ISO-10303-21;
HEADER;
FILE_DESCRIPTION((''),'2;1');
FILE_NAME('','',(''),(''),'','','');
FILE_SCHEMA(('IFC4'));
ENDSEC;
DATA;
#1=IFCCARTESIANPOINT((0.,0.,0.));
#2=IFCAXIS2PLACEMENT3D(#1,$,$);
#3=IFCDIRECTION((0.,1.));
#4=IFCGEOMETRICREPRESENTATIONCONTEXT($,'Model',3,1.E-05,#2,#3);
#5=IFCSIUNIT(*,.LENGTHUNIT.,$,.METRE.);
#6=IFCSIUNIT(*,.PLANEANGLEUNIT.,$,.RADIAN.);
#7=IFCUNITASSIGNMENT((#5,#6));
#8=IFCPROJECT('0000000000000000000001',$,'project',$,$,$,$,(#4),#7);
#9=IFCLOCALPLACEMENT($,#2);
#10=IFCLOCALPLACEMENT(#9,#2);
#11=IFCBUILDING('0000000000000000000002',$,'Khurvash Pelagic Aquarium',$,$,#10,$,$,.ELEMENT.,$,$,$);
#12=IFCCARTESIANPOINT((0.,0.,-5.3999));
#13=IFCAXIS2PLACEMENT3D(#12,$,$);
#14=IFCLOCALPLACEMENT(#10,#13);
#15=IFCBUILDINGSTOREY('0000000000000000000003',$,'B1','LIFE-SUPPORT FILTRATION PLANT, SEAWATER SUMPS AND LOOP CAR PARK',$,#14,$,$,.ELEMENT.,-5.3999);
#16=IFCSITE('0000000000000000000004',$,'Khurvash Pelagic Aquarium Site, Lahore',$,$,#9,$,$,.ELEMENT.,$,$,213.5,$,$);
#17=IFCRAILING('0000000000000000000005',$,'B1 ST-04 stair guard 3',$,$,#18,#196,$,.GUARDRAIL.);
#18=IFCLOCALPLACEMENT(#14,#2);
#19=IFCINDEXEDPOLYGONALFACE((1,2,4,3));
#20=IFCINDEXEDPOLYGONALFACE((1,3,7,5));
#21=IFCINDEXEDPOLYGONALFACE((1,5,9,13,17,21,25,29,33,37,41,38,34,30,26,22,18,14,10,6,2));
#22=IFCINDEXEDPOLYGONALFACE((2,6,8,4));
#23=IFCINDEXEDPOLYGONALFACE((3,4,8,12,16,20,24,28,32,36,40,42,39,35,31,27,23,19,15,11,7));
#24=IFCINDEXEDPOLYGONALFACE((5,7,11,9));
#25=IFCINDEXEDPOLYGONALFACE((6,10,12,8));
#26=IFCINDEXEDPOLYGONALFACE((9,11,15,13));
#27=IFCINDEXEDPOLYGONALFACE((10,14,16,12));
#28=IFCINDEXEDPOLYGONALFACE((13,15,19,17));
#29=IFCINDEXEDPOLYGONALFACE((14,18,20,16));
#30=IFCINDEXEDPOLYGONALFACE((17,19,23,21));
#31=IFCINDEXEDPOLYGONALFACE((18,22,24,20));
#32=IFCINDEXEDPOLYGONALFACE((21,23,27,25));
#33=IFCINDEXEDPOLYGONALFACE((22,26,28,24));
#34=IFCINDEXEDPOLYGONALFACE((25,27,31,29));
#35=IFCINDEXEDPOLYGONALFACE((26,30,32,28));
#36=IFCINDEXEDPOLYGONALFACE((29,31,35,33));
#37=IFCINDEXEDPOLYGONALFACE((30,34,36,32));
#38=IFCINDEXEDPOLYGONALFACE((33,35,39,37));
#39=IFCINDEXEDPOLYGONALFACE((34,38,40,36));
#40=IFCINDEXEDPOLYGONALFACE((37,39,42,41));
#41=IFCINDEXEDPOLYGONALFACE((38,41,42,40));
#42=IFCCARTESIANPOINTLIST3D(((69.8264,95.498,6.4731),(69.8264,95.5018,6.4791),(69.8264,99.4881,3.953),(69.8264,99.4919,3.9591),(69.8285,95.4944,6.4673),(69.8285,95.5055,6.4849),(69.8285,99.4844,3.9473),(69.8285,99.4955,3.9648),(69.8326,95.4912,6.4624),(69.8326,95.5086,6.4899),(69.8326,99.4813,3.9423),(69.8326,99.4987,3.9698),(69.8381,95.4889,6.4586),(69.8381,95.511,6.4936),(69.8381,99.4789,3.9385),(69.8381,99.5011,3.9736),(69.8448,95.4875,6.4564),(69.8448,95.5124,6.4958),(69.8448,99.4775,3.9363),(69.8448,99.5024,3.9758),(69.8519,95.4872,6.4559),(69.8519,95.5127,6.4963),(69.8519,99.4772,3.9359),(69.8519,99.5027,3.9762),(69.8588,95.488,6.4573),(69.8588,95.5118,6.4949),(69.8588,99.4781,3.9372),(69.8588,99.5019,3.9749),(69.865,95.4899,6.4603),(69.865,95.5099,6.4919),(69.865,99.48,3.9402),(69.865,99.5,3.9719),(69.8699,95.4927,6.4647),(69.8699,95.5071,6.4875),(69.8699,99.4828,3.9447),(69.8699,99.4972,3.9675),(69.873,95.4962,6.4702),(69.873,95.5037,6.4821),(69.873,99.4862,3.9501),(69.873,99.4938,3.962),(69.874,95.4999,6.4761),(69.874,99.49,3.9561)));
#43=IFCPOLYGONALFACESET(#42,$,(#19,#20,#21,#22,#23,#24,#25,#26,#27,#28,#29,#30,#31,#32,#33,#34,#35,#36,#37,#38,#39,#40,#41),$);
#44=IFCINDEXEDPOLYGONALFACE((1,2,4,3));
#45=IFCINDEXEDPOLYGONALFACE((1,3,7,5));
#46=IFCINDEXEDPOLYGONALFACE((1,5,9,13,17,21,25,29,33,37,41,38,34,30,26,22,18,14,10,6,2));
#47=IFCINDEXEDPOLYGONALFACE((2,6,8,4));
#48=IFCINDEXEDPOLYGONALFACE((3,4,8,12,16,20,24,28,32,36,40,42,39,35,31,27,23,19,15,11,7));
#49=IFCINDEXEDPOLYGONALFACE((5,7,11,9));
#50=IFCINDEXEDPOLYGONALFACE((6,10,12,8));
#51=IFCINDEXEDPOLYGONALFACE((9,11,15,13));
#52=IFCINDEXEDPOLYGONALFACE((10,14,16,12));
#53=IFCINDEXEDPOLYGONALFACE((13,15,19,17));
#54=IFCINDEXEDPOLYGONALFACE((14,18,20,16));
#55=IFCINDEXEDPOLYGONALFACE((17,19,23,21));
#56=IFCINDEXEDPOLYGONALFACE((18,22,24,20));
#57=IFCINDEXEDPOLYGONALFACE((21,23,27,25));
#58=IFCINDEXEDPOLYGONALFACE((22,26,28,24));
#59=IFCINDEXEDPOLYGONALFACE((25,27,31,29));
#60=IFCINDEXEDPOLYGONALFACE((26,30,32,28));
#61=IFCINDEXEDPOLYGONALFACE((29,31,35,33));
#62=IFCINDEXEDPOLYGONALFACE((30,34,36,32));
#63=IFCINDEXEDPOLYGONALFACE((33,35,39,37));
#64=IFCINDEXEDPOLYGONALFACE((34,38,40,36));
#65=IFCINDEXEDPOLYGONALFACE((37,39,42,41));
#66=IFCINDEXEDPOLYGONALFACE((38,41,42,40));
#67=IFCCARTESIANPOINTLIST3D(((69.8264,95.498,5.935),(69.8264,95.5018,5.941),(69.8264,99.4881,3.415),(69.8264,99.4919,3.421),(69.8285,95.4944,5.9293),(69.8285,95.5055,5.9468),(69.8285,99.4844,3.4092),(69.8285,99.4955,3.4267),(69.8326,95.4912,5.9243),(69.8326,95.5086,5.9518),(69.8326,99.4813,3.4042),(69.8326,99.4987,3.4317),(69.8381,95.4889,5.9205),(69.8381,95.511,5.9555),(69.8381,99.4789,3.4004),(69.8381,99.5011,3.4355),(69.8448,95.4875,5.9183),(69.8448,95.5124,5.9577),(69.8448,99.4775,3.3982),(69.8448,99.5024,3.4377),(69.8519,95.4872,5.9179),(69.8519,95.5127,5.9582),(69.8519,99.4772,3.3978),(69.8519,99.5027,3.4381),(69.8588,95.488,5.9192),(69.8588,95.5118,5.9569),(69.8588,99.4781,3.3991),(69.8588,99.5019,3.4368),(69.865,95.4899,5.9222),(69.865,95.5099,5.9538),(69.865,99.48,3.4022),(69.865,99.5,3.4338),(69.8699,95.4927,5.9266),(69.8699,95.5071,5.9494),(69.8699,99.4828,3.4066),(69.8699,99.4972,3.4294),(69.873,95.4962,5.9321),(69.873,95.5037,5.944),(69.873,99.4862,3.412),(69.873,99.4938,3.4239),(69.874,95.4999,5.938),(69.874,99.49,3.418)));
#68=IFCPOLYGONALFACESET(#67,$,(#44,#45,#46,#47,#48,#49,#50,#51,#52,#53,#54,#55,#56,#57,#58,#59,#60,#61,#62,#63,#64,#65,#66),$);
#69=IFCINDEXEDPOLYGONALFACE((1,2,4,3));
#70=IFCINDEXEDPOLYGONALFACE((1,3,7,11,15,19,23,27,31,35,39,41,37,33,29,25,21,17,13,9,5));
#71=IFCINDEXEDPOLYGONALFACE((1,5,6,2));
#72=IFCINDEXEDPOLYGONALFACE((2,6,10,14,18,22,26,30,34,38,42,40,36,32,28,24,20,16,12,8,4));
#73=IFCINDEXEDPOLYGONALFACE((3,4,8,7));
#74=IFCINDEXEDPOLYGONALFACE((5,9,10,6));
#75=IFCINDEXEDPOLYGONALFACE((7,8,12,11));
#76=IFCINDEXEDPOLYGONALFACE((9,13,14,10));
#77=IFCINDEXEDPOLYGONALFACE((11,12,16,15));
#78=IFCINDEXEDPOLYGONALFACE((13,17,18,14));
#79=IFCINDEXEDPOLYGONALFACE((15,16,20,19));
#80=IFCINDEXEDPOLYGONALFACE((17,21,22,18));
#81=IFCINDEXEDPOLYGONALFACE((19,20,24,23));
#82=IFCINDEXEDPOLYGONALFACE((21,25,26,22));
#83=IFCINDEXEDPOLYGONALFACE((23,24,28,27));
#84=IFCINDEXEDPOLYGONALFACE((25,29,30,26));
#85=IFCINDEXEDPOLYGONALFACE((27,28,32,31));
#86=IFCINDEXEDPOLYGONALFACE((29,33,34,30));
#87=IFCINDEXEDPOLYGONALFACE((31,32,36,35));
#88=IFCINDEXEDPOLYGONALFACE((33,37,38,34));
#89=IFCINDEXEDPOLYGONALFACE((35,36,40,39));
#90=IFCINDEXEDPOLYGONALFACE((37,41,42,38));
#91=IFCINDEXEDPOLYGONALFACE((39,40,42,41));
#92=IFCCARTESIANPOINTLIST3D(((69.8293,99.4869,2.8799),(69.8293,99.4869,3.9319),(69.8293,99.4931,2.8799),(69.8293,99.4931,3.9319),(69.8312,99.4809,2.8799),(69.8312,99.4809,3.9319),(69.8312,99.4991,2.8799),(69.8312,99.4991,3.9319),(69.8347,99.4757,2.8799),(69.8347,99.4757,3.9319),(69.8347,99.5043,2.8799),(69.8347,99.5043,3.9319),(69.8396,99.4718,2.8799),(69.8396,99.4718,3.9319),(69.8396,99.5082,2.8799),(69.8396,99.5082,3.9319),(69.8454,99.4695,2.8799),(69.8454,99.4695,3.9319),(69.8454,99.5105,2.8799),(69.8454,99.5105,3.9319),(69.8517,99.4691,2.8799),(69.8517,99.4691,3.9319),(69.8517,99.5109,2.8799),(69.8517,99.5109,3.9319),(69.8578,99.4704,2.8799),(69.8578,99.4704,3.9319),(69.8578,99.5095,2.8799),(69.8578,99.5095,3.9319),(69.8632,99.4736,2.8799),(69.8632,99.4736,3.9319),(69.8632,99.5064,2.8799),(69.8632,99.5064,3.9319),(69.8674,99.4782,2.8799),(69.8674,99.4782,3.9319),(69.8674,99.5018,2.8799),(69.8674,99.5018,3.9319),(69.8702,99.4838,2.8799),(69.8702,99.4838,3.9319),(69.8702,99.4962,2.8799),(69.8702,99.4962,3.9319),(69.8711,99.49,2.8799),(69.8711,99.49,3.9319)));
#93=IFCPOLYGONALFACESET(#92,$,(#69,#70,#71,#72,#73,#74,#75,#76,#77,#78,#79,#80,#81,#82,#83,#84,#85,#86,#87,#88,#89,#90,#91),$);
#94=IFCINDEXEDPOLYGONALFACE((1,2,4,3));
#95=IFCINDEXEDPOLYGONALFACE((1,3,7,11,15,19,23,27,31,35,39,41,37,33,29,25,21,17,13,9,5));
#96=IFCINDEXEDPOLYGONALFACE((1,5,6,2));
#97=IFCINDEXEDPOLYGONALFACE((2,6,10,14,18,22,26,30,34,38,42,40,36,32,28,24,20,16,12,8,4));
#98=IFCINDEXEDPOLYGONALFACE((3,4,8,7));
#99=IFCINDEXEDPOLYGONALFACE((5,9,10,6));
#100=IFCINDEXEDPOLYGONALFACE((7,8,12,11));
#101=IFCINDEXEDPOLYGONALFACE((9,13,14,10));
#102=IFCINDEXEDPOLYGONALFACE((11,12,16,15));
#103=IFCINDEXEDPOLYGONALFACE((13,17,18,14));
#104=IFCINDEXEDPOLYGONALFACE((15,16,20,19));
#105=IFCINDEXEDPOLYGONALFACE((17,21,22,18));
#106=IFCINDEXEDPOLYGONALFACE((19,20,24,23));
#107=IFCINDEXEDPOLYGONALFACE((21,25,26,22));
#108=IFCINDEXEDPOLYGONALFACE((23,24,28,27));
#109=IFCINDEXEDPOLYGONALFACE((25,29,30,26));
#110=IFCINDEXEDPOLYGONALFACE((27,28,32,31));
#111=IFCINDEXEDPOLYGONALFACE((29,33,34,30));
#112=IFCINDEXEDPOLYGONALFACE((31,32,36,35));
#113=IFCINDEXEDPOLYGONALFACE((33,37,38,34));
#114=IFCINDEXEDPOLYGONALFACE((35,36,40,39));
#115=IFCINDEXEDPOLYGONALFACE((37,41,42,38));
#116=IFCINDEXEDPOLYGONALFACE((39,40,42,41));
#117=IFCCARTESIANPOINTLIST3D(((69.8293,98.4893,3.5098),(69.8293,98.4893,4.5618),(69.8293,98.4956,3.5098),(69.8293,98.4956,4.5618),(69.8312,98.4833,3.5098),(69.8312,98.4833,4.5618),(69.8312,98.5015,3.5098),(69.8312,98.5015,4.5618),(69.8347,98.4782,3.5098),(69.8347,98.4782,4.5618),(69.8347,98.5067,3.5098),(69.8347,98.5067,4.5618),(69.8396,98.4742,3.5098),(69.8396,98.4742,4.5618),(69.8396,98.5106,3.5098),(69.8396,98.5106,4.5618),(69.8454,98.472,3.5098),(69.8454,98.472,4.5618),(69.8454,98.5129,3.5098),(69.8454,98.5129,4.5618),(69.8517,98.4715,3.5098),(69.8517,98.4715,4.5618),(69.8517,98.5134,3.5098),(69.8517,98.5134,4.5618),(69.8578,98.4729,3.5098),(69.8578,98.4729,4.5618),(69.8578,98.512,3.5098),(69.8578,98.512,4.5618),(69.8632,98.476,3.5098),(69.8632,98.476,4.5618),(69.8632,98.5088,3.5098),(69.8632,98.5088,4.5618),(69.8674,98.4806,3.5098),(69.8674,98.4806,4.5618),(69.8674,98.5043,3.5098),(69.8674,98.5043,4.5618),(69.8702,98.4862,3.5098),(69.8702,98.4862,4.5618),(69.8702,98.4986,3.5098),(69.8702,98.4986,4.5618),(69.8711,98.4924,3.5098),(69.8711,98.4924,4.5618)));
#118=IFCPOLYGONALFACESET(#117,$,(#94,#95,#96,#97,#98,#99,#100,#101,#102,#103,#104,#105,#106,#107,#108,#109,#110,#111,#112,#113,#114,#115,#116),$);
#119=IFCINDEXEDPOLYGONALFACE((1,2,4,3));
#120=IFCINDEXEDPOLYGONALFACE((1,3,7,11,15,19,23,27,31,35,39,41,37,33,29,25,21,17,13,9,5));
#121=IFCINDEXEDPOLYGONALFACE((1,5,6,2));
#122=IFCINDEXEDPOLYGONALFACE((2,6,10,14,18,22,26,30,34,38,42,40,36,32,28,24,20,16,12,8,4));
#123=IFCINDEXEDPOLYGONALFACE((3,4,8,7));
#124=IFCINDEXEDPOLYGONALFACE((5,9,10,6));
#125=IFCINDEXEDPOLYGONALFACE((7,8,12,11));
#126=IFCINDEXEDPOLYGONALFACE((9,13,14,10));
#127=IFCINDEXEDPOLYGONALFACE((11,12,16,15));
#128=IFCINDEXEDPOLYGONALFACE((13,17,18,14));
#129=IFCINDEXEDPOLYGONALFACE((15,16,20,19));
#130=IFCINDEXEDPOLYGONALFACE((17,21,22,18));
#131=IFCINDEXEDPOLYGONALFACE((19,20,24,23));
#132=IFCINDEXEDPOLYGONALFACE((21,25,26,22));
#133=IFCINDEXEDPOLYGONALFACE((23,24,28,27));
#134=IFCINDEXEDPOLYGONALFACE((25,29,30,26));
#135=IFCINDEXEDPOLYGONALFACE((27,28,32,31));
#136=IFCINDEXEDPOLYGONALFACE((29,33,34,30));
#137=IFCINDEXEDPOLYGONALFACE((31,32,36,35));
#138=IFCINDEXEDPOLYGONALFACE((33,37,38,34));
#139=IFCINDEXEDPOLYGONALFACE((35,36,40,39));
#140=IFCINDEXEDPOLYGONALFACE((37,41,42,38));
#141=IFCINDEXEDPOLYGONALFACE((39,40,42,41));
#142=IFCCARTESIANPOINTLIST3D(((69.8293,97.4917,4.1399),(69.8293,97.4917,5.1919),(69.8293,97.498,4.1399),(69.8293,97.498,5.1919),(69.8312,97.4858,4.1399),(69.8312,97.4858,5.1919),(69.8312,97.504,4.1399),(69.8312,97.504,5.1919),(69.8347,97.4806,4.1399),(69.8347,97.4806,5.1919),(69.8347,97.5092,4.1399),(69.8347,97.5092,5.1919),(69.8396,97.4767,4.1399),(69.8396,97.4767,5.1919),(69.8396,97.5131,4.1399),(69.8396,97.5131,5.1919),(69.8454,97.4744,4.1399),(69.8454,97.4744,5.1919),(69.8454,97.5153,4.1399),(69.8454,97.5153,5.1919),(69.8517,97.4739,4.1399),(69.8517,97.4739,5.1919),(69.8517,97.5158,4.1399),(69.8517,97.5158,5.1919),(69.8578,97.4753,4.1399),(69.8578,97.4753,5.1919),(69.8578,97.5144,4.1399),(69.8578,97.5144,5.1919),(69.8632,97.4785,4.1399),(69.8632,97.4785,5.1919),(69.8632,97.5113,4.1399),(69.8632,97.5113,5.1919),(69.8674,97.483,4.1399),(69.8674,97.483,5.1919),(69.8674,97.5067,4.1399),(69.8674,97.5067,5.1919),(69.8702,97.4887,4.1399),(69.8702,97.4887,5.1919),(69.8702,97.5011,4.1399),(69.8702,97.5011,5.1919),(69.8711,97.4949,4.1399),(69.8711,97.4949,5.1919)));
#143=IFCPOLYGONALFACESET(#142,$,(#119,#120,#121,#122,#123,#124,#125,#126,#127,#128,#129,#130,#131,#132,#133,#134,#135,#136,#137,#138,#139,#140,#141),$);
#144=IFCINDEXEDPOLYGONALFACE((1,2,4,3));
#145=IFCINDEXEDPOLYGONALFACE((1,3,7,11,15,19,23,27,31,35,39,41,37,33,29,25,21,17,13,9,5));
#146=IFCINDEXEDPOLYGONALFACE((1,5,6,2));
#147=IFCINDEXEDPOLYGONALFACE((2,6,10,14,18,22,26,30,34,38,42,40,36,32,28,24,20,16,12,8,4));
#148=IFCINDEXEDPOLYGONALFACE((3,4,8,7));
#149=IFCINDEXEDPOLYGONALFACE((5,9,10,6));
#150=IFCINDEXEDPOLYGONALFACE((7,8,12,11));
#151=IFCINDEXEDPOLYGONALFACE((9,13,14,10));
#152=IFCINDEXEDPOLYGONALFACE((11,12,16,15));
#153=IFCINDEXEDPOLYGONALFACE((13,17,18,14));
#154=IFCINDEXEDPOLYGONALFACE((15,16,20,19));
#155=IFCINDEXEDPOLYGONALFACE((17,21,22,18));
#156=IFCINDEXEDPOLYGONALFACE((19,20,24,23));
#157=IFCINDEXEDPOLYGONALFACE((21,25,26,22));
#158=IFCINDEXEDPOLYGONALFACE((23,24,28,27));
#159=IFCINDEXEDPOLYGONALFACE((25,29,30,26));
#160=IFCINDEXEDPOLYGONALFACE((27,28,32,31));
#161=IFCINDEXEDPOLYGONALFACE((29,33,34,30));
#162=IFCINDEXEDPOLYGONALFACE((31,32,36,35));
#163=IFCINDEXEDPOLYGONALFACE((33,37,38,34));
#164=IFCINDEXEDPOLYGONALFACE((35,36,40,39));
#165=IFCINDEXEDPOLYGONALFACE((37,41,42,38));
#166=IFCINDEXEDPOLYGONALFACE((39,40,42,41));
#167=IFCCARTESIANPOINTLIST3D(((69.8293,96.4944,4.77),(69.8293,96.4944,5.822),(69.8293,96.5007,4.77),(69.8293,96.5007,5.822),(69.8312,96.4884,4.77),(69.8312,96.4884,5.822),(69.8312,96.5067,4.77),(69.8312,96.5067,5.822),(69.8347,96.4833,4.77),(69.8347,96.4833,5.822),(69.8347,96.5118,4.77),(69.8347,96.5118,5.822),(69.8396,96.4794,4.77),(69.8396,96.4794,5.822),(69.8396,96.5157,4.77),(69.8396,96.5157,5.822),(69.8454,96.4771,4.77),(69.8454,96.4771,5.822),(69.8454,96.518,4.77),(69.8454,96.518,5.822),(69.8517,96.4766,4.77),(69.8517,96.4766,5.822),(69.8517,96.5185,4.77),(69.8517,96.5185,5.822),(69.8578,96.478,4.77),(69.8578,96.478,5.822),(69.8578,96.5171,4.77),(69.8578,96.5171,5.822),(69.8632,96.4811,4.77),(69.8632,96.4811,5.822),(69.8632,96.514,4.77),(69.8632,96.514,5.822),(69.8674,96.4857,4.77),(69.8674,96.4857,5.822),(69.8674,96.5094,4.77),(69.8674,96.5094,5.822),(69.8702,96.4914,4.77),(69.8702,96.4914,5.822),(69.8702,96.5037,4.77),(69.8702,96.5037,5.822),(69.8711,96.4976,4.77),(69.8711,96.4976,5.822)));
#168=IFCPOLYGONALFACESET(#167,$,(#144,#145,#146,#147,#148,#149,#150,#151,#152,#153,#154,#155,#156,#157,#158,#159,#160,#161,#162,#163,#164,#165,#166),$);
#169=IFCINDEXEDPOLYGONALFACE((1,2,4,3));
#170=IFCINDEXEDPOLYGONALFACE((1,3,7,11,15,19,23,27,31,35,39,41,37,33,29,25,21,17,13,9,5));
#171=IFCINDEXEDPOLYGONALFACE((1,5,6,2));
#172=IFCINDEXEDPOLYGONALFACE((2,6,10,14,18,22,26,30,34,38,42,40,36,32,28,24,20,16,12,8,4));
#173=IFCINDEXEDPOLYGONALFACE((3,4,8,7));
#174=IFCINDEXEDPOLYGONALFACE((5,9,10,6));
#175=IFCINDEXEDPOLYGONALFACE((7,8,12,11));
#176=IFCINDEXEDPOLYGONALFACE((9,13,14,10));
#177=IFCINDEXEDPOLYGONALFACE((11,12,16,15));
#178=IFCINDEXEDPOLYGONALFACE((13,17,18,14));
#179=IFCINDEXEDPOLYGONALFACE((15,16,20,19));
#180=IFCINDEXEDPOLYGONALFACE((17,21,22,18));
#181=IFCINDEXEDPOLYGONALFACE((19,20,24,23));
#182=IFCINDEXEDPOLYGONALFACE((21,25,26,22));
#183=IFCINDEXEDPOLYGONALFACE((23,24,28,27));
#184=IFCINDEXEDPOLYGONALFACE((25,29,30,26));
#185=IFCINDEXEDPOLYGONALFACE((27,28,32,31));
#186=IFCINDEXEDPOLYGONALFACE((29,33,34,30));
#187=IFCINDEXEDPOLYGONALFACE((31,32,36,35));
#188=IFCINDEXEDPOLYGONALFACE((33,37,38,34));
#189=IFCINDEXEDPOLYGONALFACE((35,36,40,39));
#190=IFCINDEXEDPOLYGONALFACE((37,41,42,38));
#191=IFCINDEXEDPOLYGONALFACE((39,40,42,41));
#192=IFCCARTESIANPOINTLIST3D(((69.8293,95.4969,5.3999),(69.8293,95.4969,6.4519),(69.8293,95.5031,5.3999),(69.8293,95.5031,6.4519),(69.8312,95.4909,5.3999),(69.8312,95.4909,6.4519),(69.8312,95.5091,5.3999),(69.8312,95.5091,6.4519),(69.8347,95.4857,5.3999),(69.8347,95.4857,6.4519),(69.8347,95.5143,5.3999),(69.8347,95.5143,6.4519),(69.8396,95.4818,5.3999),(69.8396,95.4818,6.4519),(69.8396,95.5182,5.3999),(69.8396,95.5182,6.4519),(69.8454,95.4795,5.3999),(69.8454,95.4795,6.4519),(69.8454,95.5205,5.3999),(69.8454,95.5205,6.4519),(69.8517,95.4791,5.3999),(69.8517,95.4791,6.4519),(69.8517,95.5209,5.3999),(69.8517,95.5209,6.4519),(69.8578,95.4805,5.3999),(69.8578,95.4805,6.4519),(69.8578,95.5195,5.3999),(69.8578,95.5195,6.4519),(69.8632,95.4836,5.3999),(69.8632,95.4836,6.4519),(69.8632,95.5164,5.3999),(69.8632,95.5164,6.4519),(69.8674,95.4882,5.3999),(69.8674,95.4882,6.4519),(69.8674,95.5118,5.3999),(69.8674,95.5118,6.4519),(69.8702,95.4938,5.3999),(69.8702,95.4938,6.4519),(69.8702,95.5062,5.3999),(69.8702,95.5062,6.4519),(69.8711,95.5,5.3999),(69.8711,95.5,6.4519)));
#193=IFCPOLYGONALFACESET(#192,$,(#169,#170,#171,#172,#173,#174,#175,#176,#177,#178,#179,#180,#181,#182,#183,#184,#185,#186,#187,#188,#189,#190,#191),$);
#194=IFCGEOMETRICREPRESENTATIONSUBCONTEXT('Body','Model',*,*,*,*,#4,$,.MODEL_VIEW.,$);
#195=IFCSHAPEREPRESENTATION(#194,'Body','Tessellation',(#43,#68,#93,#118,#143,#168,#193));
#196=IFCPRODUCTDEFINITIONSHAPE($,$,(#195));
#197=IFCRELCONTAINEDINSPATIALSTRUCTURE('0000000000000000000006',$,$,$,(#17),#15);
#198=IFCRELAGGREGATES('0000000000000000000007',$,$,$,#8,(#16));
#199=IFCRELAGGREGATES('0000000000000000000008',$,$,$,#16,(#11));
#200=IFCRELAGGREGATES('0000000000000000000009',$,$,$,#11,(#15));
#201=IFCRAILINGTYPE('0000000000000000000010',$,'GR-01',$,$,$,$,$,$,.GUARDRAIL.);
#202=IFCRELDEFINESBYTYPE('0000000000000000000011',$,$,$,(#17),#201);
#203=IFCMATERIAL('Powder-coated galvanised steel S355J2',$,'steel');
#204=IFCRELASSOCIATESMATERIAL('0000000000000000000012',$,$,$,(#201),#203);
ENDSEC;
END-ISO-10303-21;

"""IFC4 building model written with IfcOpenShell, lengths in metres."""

from ifc_helpers import new_model, si_unit, direction, frame, origin, origin_2d, place, context, subcontext, project, spatial, circle, extrude, material, type_object, element, save


model = new_model("IFC4")

# Units and contexts
model_context = context("Model", 3, precision=1e-05, world=origin(), true_north=direction((0.0, 1.0)))
body_context = subcontext(model_context, "Body", "Model", "MODEL_VIEW")
ifc_project = project(units=[si_unit("LENGTHUNIT", "METRE"), si_unit("PLANEANGLEUNIT", "RADIAN")], contexts=[model_context])

# Site, building, storey
site_placement = place(None, origin())
site = spatial("IfcSite", under=ifc_project, at=site_placement, Name="Khurvash Pelagic Aquarium Site, Lahore", CompositionType="ELEMENT", RefElevation=213.5)
building_placement = place(site_placement, origin())
building = spatial("IfcBuilding", under=site, at=building_placement, Name="Khurvash Pelagic Aquarium", CompositionType="ELEMENT")
storey_placement = place(building_placement, frame((0.0, 0.0, -5.3999)))
storey = spatial("IfcBuildingStorey", under=building, at=storey_placement, Name="B1", Description="LIFE-SUPPORT FILTRATION PLANT, SEAWATER SUMPS AND LOOP CAR PARK", CompositionType="ELEMENT", Elevation=-5.3999)

# Railing
ifc_material_1 = material(Name="Powder-coated galvanised steel S355J2", Category="steel")
railing_type_1 = type_object("IfcRailingType", Name="GR-01", PredefinedType="GUARDRAIL", material=ifc_material_1)
railing_1_placement = place(storey_placement, frame((69.8501, 99.49, 2.8799)))
element("IfcRailing", 1, at=railing_1_placement, inside=storey, type_object=railing_type_1, Name="B1 ST-04 stair guard 3", PredefinedType="GUARDRAIL", context=body_context, shape_type="SweptSolid", body=[
    extrude(circle(Radius=0.0239, at=origin_2d()), frame((0.0, 0.0, 1.0762), z_axis=(0.0, -0.845486, 0.533997), x_axis=(1.0, 0.0, 0.0)), (0.0, 0.0, 1.0), 4.7192),
    extrude(circle(Radius=0.0239, at=origin_2d()), frame((0.0, 0.0, 0.5381), z_axis=(0.0, -0.845486, 0.533997), x_axis=(1.0, 0.0, 0.0)), (0.0, 0.0, 1.0), 4.7192),
    extrude(circle(Radius=0.021, at=origin_2d()), origin(), (0.0, 0.0, 1.0), 1.052),
    extrude(circle(Radius=0.021, at=origin_2d()), frame((0.0, -0.9976, 0.6299)), (0.0, 0.0, 1.0), 1.052),
    extrude(circle(Radius=0.021, at=origin_2d()), frame((0.0, -1.9951, 1.26)), (0.0, 0.0, 1.0), 1.052),
    extrude(circle(Radius=0.021, at=origin_2d()), frame((0.0, -2.9924, 1.8901)), (0.0, 0.0, 1.0), 1.052),
    extrude(circle(Radius=0.021, at=origin_2d()), frame((0.0, -3.99, 2.52)), (0.0, 0.0, 1.0), 1.052),
])

save(model, "model.ifc")
